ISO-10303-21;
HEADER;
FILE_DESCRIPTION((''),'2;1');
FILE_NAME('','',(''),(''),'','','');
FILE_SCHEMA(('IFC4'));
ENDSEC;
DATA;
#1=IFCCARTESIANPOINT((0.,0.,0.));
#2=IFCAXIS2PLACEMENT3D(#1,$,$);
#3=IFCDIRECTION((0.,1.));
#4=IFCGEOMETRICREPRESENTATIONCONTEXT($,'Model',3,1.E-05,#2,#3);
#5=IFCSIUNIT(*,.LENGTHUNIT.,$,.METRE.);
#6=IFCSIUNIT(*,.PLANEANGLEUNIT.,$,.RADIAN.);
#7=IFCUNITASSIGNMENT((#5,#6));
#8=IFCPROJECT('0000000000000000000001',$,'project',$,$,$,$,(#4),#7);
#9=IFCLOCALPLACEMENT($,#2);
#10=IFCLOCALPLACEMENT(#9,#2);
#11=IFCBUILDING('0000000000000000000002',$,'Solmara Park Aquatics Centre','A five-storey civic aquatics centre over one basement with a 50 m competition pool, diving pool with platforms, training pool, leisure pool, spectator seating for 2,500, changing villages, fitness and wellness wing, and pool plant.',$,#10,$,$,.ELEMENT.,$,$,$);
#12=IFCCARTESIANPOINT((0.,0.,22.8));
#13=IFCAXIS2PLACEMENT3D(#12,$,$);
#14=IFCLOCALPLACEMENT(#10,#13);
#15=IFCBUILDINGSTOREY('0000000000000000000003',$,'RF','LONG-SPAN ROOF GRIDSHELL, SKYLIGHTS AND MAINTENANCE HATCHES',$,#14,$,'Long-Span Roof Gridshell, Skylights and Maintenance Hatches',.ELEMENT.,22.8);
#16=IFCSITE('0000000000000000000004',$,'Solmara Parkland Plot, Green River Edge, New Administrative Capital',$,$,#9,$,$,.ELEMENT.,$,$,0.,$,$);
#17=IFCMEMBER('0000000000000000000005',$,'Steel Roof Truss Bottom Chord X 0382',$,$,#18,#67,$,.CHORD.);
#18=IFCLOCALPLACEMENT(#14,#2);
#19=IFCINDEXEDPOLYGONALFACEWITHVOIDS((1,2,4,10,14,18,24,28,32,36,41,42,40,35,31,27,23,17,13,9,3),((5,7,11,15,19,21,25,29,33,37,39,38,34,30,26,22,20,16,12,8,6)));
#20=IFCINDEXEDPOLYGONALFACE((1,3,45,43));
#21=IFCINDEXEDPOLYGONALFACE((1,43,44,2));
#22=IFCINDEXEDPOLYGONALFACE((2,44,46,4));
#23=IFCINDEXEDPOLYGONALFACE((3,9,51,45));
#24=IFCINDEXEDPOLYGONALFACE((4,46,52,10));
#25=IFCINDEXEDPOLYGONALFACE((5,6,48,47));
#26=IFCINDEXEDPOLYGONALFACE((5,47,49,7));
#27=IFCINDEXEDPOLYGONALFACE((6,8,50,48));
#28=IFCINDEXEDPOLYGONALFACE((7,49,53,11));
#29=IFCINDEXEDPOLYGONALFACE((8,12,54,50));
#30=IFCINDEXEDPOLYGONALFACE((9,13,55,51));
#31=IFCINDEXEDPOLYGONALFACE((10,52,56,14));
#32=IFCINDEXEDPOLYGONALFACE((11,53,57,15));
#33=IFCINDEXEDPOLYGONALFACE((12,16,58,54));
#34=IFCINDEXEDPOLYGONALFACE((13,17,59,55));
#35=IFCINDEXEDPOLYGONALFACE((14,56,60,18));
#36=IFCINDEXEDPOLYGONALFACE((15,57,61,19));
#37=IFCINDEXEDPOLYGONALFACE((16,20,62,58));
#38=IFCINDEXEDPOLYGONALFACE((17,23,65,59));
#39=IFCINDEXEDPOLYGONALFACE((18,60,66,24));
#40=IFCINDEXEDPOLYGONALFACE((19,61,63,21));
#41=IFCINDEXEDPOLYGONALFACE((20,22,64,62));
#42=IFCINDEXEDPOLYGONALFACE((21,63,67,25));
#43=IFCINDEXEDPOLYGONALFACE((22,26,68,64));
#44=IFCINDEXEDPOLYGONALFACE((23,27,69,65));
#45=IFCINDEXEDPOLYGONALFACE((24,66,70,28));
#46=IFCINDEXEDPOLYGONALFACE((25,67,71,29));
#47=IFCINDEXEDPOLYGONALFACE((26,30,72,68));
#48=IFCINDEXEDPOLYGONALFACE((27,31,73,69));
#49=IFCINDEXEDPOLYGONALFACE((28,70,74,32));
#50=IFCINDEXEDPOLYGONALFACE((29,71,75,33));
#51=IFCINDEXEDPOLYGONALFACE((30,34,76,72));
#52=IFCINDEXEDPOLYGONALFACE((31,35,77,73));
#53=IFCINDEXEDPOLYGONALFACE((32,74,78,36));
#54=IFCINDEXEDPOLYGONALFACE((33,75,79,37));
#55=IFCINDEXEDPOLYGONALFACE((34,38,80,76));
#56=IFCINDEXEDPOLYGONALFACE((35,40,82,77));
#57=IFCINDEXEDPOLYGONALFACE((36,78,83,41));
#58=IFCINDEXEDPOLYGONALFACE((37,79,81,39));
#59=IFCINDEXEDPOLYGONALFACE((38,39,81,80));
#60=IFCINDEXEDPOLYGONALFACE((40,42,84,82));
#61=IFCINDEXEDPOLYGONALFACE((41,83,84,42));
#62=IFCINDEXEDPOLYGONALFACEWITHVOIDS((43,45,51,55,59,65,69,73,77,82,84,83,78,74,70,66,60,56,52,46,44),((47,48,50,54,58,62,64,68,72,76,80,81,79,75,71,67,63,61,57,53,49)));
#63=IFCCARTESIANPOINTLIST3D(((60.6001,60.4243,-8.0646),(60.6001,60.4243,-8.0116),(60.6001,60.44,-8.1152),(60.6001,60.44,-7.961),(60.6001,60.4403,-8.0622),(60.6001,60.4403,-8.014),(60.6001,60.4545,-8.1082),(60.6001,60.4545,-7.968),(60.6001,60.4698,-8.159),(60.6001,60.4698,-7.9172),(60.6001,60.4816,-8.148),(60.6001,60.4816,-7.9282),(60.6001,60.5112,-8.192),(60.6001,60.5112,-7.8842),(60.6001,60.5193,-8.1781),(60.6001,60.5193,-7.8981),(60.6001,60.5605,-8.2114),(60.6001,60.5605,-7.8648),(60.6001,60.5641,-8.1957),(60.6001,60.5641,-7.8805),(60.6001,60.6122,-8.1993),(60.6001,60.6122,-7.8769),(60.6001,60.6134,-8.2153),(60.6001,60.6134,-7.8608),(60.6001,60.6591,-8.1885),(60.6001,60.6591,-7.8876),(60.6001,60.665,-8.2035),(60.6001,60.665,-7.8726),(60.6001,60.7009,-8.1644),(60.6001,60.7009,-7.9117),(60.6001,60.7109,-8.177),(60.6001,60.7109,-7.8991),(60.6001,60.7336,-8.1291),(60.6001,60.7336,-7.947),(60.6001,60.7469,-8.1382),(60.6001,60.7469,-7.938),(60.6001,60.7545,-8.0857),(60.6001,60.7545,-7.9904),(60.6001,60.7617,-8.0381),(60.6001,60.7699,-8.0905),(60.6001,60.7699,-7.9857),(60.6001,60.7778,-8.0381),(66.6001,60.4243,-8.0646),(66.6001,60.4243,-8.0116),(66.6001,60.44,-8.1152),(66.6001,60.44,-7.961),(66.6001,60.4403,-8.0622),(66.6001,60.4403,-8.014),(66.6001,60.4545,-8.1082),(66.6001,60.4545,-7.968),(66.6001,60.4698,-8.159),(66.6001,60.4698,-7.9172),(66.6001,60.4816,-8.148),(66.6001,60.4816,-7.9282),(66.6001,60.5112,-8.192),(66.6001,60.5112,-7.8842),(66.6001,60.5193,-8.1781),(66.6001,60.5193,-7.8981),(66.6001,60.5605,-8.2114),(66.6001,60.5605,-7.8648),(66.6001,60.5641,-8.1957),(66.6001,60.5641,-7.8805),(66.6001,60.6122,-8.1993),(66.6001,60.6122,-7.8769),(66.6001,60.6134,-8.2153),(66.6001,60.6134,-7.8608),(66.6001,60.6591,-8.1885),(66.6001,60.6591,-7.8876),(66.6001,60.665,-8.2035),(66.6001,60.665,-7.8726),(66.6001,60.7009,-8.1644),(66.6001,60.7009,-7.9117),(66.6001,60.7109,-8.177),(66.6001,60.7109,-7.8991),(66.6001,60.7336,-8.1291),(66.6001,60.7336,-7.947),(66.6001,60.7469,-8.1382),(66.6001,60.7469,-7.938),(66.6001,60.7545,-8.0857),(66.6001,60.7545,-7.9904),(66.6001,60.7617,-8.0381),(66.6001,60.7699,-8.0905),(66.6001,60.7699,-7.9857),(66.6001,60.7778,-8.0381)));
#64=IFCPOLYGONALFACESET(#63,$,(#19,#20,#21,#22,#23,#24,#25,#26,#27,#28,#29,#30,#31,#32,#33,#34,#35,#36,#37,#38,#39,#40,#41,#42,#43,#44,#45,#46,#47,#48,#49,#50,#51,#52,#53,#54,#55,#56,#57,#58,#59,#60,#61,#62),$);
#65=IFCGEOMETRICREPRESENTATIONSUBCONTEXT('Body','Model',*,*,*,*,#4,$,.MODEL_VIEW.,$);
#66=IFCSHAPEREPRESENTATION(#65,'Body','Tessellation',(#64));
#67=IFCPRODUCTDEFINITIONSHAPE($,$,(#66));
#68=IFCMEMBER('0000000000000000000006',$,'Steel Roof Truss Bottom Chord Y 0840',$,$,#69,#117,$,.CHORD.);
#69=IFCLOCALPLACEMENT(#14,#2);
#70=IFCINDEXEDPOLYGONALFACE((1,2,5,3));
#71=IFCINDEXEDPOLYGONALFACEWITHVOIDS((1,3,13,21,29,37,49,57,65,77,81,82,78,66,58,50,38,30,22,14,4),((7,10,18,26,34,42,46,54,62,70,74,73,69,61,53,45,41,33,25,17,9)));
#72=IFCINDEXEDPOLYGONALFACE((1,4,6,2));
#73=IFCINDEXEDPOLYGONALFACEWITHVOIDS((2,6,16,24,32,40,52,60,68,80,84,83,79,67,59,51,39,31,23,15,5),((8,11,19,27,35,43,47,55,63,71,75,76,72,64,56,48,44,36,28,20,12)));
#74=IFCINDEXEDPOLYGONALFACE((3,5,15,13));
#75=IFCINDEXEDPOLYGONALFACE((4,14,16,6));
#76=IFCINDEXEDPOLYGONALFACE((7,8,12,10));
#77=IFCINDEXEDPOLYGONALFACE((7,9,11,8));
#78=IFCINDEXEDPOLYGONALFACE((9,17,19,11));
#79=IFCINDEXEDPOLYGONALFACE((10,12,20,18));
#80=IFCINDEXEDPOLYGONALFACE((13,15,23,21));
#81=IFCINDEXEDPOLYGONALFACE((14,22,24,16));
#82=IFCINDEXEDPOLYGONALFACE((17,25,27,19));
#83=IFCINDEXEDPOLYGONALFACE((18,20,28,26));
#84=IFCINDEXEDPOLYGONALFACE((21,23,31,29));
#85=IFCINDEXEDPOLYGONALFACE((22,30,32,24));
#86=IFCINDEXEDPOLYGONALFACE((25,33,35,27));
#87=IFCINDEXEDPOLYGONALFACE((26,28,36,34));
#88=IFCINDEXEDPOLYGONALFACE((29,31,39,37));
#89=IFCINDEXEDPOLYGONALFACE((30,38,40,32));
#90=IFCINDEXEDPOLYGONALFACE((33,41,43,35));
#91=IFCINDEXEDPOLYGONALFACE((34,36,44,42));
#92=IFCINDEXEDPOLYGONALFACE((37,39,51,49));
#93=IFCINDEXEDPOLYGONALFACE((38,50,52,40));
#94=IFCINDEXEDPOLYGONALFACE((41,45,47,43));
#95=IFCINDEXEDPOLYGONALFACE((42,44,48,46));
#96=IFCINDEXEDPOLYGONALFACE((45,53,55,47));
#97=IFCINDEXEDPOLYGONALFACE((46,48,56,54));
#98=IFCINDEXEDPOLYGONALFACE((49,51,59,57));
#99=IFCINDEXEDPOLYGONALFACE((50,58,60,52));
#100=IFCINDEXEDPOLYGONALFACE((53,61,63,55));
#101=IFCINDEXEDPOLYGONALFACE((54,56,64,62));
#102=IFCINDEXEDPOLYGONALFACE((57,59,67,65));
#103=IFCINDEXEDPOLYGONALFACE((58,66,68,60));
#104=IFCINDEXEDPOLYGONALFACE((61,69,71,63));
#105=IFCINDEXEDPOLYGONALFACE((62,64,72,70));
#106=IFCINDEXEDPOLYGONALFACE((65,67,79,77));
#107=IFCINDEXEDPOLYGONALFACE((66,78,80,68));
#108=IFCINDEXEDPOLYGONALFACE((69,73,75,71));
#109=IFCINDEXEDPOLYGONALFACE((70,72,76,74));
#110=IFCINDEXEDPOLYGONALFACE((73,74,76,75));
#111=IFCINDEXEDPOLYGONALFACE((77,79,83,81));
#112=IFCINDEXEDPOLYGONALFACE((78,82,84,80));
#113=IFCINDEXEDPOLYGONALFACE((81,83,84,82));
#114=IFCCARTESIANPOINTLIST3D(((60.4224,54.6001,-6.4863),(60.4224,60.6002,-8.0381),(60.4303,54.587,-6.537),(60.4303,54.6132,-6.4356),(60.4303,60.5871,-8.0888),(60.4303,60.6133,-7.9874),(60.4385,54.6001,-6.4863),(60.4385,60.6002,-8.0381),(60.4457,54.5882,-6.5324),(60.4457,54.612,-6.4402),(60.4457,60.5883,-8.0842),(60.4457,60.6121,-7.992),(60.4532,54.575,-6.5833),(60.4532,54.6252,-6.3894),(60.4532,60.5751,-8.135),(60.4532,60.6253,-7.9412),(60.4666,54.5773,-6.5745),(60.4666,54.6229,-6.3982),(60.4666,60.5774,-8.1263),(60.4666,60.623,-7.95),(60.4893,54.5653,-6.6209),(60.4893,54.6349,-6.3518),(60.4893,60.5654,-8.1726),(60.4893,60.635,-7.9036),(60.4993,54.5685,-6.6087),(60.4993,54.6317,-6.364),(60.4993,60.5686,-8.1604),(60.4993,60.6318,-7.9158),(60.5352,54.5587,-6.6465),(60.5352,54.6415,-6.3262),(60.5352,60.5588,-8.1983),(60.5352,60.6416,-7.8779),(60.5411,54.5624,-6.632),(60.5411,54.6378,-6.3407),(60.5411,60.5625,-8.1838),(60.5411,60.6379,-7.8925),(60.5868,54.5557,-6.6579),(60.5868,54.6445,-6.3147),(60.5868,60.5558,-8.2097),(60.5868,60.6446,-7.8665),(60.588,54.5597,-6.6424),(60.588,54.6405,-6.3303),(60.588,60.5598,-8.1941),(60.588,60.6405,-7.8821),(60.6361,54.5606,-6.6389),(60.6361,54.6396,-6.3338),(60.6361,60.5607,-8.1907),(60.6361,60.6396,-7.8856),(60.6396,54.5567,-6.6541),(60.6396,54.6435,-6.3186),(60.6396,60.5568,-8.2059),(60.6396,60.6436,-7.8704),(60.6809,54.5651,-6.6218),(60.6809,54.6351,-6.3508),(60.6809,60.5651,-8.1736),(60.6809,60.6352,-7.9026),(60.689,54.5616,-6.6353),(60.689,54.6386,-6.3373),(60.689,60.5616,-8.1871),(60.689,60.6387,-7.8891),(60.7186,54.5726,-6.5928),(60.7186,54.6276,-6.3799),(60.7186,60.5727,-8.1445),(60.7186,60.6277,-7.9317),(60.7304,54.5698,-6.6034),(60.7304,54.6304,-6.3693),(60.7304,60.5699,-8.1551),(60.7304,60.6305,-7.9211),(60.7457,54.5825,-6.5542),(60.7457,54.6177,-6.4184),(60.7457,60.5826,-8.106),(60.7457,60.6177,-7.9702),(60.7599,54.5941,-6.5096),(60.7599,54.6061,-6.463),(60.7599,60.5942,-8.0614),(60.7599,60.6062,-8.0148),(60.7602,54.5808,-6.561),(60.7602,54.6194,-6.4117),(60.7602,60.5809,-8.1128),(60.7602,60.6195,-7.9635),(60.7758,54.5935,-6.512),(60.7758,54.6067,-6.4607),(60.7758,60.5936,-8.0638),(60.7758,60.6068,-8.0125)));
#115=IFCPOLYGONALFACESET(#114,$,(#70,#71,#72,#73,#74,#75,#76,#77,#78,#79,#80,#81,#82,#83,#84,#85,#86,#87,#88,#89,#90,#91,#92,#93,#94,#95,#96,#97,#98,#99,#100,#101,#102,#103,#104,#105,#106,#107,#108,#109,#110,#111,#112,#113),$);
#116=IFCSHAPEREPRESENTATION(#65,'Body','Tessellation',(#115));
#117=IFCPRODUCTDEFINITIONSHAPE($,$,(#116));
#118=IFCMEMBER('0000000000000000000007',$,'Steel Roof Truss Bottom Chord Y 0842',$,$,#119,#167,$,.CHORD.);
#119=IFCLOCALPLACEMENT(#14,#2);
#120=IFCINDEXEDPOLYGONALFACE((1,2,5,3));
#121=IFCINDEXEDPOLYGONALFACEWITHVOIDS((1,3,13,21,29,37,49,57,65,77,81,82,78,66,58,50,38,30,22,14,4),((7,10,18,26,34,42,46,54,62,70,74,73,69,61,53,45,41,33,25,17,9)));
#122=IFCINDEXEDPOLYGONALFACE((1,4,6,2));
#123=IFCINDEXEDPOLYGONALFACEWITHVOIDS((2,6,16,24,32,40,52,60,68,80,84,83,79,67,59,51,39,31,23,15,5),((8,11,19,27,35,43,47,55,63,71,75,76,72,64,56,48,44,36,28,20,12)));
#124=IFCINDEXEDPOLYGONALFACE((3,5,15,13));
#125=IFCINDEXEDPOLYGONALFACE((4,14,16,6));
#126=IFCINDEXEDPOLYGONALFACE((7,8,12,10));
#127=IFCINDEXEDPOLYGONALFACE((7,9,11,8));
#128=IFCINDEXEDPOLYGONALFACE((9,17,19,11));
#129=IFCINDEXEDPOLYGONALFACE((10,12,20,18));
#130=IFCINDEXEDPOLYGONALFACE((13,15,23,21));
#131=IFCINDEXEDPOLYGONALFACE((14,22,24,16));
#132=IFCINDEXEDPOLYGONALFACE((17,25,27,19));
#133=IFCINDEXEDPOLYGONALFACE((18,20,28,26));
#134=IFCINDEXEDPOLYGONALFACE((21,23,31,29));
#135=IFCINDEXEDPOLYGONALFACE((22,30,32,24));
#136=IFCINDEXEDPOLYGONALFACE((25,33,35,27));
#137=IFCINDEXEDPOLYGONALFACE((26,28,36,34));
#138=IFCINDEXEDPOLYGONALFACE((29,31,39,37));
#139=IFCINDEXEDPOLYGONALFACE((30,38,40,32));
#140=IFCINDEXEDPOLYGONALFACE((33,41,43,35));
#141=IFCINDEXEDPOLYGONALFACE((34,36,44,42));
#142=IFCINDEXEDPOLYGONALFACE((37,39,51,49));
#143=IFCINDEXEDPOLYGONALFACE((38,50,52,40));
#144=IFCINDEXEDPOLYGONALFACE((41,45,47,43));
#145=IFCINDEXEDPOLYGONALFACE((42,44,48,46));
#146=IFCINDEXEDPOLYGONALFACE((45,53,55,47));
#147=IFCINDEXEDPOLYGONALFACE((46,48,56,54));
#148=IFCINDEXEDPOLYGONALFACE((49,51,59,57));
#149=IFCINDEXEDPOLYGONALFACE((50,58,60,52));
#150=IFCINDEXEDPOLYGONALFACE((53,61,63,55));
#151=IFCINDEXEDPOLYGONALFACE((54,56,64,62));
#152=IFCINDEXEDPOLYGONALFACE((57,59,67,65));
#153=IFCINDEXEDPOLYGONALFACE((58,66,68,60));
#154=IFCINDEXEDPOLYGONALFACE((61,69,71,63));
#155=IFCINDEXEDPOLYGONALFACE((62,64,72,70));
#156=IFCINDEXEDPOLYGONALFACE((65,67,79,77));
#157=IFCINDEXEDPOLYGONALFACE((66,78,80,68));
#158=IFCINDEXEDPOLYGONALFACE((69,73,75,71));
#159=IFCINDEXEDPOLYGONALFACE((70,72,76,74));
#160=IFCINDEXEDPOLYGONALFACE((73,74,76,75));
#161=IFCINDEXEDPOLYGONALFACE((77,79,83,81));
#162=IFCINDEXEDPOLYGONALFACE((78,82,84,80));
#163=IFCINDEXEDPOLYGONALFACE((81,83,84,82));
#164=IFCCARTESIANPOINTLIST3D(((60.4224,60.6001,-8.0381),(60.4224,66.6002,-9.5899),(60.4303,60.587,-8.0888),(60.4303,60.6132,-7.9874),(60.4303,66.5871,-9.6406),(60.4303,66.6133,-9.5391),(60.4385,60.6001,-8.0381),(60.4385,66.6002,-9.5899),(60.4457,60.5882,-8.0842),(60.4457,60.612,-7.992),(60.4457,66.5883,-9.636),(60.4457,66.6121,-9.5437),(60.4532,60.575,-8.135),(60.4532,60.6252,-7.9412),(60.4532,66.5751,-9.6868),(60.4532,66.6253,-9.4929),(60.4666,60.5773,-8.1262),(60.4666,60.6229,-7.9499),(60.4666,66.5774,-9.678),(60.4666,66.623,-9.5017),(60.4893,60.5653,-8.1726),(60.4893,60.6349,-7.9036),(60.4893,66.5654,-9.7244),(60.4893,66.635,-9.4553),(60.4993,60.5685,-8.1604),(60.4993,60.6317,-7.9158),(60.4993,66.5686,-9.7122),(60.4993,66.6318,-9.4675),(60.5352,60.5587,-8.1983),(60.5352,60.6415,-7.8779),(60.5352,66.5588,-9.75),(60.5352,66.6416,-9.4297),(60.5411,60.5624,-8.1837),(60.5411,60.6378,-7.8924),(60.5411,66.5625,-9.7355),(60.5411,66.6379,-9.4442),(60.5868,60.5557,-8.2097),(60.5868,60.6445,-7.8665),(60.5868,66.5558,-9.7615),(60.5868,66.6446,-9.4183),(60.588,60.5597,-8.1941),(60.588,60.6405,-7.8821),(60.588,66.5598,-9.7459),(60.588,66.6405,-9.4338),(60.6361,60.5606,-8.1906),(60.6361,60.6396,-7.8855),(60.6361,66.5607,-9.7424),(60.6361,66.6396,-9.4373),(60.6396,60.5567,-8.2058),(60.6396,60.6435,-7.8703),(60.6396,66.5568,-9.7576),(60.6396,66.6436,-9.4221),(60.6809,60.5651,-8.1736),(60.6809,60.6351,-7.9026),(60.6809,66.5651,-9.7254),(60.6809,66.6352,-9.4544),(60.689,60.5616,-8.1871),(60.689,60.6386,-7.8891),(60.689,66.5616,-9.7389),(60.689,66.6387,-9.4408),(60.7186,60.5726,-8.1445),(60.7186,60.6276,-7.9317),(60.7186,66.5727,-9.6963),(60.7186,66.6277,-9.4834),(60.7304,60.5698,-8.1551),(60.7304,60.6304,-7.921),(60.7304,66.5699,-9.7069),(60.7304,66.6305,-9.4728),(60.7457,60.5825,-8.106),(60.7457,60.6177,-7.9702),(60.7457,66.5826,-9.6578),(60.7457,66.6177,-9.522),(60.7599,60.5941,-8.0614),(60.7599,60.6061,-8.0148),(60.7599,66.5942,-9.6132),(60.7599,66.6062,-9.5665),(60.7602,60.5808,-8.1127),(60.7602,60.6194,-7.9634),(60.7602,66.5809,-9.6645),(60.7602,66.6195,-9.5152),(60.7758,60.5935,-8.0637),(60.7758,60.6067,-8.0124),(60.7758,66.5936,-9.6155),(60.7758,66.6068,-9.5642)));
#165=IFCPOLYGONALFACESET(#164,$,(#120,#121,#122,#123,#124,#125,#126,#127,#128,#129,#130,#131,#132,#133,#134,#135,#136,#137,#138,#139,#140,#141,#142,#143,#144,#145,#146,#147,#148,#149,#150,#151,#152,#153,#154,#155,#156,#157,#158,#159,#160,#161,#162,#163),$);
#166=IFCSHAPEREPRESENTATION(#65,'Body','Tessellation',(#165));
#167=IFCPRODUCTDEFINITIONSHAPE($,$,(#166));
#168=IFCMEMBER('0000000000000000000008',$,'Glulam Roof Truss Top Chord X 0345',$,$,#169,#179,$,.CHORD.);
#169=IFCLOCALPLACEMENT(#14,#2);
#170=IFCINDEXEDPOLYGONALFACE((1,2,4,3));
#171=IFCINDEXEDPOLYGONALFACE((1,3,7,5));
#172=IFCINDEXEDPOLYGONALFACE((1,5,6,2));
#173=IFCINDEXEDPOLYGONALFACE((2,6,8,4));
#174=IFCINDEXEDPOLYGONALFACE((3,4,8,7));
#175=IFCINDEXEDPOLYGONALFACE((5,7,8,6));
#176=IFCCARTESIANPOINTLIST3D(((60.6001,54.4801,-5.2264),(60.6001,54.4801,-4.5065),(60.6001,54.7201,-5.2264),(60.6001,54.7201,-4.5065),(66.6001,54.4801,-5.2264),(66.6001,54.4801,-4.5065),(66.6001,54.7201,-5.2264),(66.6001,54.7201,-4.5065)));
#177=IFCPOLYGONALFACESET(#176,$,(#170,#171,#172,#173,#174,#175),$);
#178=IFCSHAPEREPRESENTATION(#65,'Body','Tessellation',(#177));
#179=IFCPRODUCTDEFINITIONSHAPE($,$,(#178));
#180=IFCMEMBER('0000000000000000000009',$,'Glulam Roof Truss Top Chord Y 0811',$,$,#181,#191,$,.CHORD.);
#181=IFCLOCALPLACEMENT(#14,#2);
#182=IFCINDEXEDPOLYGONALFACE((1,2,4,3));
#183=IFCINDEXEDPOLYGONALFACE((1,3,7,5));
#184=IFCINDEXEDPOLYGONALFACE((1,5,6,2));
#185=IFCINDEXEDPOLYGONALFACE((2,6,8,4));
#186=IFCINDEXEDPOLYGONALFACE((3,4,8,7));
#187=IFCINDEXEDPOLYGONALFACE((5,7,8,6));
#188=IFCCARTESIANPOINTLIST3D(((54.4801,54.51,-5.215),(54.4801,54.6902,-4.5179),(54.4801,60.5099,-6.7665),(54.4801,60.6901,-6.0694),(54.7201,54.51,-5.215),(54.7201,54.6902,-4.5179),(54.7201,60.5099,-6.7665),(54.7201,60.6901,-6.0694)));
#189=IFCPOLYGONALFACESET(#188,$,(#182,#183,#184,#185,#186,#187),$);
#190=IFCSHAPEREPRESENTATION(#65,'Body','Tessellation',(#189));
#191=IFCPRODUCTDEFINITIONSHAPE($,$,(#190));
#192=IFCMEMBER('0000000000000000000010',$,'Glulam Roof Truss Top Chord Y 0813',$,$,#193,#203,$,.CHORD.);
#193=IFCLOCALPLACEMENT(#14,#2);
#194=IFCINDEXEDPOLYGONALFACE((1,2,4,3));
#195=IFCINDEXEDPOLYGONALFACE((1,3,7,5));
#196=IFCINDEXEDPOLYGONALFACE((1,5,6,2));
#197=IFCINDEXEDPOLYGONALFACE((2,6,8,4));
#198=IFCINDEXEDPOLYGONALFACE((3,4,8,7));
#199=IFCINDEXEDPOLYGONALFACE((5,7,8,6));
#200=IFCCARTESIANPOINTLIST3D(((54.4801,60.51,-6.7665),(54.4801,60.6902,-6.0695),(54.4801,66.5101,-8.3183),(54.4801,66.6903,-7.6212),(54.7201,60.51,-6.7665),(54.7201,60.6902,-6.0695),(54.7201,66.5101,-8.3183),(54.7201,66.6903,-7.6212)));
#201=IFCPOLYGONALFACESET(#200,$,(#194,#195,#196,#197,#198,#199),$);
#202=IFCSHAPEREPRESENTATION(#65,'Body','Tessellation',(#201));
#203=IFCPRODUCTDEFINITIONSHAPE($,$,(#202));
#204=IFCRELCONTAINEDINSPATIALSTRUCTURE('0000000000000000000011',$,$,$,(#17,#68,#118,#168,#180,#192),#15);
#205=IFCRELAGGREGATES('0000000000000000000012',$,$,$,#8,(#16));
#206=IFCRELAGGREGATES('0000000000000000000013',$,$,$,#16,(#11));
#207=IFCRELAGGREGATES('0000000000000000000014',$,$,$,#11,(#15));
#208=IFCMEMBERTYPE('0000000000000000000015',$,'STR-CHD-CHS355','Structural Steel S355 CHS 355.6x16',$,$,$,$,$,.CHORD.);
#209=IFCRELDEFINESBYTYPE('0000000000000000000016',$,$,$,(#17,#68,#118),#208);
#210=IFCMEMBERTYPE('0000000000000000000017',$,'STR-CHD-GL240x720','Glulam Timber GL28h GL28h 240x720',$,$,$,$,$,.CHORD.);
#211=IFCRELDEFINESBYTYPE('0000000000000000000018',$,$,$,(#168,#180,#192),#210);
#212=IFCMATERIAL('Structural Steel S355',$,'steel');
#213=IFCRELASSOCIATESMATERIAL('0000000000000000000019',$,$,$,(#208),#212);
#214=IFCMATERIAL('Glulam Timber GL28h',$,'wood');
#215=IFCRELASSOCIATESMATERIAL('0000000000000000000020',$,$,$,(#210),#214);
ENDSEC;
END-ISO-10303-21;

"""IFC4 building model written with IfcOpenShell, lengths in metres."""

from ifc_helpers import new_model, si_unit, direction, frame, origin, origin_2d, place, context, subcontext, project, spatial, rectangle, hollow_circle, extrude, material, material_profile, profile_set, type_object, element, save


model = new_model("IFC4")

# Units and contexts
model_context = context("Model", 3, precision=1e-05, world=origin(), true_north=direction((0.0, 1.0)))
body_context = subcontext(model_context, "Body", "Model", "MODEL_VIEW")
ifc_project = project(units=[si_unit("LENGTHUNIT", "METRE"), si_unit("PLANEANGLEUNIT", "RADIAN")], contexts=[model_context])

# Site, building, storey
site_placement = place(None, origin())
site = spatial("IfcSite", under=ifc_project, at=site_placement, Name="Solmara Parkland Plot, Green River Edge, New Administrative Capital", CompositionType="ELEMENT", RefElevation=0.0)
building_placement = place(site_placement, origin())
building = spatial("IfcBuilding", under=site, at=building_placement, Name="Solmara Park Aquatics Centre", Description="A five-storey civic aquatics centre over one basement with a 50 m competition pool, diving pool with platforms, training pool, leisure pool, spectator seating for 2,500, changing villages, fitness and wellness wing, and pool plant.", CompositionType="ELEMENT")
storey_placement = place(building_placement, frame((0.0, 0.0, 22.8)))
storey = spatial("IfcBuildingStorey", under=building, at=storey_placement, Name="RF", Description="LONG-SPAN ROOF GRIDSHELL, SKYLIGHTS AND MAINTENANCE HATCHES", LongName="Long-Span Roof Gridshell, Skylights and Maintenance Hatches", CompositionType="ELEMENT", Elevation=22.8)

# Members
ifc_material_1 = material(Name="Structural Steel S355", Category="steel")
ifc_material_profile_1 = material_profile(ifc_material_1, hollow_circle(Radius=0.1777, WallThickness=0.0161, at=origin_2d()), Name="CHS 355.6x16")
ifc_profile_set_1 = profile_set([ifc_material_profile_1], Name="Structural Steel S355")
member_type_1 = type_object("IfcMemberType", Name="STR-CHD-CHS355", Description="Structural Steel S355 CHS 355.6x16", PredefinedType="CHORD", material=ifc_profile_set_1)
for number, where, z_axis, x_axis, name in (
    (1, (60.6001, 60.6001, -8.0381), (1.0, 0.0, 0.0), (0.0, 1.0, 0.0), "Steel Roof Truss Bottom Chord X 0382"),
):
    element("IfcMember", number, at=place(storey_placement, frame(where, z_axis=z_axis, x_axis=x_axis)), inside=storey, type_object=member_type_1, Name=name, PredefinedType="CHORD", context=body_context, shape_type="SweptSolid", body=[
        extrude(hollow_circle(Radius=0.1777, WallThickness=0.0161, at=origin_2d()), origin(), (0.0, 0.0, 1.0), 6.0),
    ])
for number, where, z_axis, x_axis, name in (
    (2, (60.6001, 54.6001, -6.4863), (0.0, 0.968146, -0.250388), (-1.0, 0.0, 0.0), "Steel Roof Truss Bottom Chord Y 0840"),
    (3, (60.6001, 60.6001, -8.0381), (0.0, 0.968146, -0.250388), (-1.0, 0.0, 0.0), "Steel Roof Truss Bottom Chord Y 0842"),
):
    element("IfcMember", number, at=place(storey_placement, frame(where, z_axis=z_axis, x_axis=x_axis)), inside=storey, type_object=member_type_1, Name=name, PredefinedType="CHORD", context=body_context, shape_type="SweptSolid", body=[
        extrude(hollow_circle(Radius=0.1777, WallThickness=0.0161, at=origin_2d()), origin(), (0.0, 0.0, 1.0), 6.1975),
    ])
ifc_material_2 = material(Name="Glulam Timber GL28h", Category="wood")
ifc_material_profile_2 = material_profile(ifc_material_2, rectangle(XDim=0.24, YDim=0.72, at=origin_2d()), Name="GL28h 240x720")
ifc_profile_set_2 = profile_set([ifc_material_profile_2], Name="Glulam Timber GL28h")
member_type_2 = type_object("IfcMemberType", Name="STR-CHD-GL240x720", Description="Glulam Timber GL28h GL28h 240x720", PredefinedType="CHORD", material=ifc_profile_set_2)
member_1_placement = place(storey_placement, frame((60.6001, 54.6001, -4.8665), z_axis=(1.0, 0.0, 0.0), x_axis=(0.0, 1.0, 0.0)))
element("IfcMember", 4, at=member_1_placement, inside=storey, type_object=member_type_2, Name="Glulam Roof Truss Top Chord X 0345", PredefinedType="CHORD", context=body_context, shape_type="SweptSolid", body=[
    extrude(rectangle(XDim=0.24, YDim=0.72, at=origin_2d()), origin(), (0.0, 0.0, 1.0), 6.0),
])
member_2_placement = place(storey_placement, frame((54.6001, 54.6001, -4.8665), z_axis=(0.0, 0.968155, -0.250351), x_axis=(-1.0, 0.0, 0.0)))
element("IfcMember", 5, at=member_2_placement, inside=storey, type_object=member_type_2, Name="Glulam Roof Truss Top Chord Y 0811", PredefinedType="CHORD", context=body_context, shape_type="SweptSolid", body=[
    extrude(rectangle(XDim=0.24, YDim=0.72, at=origin_2d()), origin(), (0.0, 0.0, 1.0), 6.1973),
])
member_3_placement = place(storey_placement, frame((54.6001, 60.6001, -6.418), z_axis=(0.0, 0.968146, -0.250388), x_axis=(-1.0, 0.0, 0.0)))
element("IfcMember", 6, at=member_3_placement, inside=storey, type_object=member_type_2, Name="Glulam Roof Truss Top Chord Y 0813", PredefinedType="CHORD", context=body_context, shape_type="SweptSolid", body=[
    extrude(rectangle(XDim=0.24, YDim=0.72, at=origin_2d()), origin(), (0.0, 0.0, 1.0), 6.1975),
])

save(model, "model.ifc")
